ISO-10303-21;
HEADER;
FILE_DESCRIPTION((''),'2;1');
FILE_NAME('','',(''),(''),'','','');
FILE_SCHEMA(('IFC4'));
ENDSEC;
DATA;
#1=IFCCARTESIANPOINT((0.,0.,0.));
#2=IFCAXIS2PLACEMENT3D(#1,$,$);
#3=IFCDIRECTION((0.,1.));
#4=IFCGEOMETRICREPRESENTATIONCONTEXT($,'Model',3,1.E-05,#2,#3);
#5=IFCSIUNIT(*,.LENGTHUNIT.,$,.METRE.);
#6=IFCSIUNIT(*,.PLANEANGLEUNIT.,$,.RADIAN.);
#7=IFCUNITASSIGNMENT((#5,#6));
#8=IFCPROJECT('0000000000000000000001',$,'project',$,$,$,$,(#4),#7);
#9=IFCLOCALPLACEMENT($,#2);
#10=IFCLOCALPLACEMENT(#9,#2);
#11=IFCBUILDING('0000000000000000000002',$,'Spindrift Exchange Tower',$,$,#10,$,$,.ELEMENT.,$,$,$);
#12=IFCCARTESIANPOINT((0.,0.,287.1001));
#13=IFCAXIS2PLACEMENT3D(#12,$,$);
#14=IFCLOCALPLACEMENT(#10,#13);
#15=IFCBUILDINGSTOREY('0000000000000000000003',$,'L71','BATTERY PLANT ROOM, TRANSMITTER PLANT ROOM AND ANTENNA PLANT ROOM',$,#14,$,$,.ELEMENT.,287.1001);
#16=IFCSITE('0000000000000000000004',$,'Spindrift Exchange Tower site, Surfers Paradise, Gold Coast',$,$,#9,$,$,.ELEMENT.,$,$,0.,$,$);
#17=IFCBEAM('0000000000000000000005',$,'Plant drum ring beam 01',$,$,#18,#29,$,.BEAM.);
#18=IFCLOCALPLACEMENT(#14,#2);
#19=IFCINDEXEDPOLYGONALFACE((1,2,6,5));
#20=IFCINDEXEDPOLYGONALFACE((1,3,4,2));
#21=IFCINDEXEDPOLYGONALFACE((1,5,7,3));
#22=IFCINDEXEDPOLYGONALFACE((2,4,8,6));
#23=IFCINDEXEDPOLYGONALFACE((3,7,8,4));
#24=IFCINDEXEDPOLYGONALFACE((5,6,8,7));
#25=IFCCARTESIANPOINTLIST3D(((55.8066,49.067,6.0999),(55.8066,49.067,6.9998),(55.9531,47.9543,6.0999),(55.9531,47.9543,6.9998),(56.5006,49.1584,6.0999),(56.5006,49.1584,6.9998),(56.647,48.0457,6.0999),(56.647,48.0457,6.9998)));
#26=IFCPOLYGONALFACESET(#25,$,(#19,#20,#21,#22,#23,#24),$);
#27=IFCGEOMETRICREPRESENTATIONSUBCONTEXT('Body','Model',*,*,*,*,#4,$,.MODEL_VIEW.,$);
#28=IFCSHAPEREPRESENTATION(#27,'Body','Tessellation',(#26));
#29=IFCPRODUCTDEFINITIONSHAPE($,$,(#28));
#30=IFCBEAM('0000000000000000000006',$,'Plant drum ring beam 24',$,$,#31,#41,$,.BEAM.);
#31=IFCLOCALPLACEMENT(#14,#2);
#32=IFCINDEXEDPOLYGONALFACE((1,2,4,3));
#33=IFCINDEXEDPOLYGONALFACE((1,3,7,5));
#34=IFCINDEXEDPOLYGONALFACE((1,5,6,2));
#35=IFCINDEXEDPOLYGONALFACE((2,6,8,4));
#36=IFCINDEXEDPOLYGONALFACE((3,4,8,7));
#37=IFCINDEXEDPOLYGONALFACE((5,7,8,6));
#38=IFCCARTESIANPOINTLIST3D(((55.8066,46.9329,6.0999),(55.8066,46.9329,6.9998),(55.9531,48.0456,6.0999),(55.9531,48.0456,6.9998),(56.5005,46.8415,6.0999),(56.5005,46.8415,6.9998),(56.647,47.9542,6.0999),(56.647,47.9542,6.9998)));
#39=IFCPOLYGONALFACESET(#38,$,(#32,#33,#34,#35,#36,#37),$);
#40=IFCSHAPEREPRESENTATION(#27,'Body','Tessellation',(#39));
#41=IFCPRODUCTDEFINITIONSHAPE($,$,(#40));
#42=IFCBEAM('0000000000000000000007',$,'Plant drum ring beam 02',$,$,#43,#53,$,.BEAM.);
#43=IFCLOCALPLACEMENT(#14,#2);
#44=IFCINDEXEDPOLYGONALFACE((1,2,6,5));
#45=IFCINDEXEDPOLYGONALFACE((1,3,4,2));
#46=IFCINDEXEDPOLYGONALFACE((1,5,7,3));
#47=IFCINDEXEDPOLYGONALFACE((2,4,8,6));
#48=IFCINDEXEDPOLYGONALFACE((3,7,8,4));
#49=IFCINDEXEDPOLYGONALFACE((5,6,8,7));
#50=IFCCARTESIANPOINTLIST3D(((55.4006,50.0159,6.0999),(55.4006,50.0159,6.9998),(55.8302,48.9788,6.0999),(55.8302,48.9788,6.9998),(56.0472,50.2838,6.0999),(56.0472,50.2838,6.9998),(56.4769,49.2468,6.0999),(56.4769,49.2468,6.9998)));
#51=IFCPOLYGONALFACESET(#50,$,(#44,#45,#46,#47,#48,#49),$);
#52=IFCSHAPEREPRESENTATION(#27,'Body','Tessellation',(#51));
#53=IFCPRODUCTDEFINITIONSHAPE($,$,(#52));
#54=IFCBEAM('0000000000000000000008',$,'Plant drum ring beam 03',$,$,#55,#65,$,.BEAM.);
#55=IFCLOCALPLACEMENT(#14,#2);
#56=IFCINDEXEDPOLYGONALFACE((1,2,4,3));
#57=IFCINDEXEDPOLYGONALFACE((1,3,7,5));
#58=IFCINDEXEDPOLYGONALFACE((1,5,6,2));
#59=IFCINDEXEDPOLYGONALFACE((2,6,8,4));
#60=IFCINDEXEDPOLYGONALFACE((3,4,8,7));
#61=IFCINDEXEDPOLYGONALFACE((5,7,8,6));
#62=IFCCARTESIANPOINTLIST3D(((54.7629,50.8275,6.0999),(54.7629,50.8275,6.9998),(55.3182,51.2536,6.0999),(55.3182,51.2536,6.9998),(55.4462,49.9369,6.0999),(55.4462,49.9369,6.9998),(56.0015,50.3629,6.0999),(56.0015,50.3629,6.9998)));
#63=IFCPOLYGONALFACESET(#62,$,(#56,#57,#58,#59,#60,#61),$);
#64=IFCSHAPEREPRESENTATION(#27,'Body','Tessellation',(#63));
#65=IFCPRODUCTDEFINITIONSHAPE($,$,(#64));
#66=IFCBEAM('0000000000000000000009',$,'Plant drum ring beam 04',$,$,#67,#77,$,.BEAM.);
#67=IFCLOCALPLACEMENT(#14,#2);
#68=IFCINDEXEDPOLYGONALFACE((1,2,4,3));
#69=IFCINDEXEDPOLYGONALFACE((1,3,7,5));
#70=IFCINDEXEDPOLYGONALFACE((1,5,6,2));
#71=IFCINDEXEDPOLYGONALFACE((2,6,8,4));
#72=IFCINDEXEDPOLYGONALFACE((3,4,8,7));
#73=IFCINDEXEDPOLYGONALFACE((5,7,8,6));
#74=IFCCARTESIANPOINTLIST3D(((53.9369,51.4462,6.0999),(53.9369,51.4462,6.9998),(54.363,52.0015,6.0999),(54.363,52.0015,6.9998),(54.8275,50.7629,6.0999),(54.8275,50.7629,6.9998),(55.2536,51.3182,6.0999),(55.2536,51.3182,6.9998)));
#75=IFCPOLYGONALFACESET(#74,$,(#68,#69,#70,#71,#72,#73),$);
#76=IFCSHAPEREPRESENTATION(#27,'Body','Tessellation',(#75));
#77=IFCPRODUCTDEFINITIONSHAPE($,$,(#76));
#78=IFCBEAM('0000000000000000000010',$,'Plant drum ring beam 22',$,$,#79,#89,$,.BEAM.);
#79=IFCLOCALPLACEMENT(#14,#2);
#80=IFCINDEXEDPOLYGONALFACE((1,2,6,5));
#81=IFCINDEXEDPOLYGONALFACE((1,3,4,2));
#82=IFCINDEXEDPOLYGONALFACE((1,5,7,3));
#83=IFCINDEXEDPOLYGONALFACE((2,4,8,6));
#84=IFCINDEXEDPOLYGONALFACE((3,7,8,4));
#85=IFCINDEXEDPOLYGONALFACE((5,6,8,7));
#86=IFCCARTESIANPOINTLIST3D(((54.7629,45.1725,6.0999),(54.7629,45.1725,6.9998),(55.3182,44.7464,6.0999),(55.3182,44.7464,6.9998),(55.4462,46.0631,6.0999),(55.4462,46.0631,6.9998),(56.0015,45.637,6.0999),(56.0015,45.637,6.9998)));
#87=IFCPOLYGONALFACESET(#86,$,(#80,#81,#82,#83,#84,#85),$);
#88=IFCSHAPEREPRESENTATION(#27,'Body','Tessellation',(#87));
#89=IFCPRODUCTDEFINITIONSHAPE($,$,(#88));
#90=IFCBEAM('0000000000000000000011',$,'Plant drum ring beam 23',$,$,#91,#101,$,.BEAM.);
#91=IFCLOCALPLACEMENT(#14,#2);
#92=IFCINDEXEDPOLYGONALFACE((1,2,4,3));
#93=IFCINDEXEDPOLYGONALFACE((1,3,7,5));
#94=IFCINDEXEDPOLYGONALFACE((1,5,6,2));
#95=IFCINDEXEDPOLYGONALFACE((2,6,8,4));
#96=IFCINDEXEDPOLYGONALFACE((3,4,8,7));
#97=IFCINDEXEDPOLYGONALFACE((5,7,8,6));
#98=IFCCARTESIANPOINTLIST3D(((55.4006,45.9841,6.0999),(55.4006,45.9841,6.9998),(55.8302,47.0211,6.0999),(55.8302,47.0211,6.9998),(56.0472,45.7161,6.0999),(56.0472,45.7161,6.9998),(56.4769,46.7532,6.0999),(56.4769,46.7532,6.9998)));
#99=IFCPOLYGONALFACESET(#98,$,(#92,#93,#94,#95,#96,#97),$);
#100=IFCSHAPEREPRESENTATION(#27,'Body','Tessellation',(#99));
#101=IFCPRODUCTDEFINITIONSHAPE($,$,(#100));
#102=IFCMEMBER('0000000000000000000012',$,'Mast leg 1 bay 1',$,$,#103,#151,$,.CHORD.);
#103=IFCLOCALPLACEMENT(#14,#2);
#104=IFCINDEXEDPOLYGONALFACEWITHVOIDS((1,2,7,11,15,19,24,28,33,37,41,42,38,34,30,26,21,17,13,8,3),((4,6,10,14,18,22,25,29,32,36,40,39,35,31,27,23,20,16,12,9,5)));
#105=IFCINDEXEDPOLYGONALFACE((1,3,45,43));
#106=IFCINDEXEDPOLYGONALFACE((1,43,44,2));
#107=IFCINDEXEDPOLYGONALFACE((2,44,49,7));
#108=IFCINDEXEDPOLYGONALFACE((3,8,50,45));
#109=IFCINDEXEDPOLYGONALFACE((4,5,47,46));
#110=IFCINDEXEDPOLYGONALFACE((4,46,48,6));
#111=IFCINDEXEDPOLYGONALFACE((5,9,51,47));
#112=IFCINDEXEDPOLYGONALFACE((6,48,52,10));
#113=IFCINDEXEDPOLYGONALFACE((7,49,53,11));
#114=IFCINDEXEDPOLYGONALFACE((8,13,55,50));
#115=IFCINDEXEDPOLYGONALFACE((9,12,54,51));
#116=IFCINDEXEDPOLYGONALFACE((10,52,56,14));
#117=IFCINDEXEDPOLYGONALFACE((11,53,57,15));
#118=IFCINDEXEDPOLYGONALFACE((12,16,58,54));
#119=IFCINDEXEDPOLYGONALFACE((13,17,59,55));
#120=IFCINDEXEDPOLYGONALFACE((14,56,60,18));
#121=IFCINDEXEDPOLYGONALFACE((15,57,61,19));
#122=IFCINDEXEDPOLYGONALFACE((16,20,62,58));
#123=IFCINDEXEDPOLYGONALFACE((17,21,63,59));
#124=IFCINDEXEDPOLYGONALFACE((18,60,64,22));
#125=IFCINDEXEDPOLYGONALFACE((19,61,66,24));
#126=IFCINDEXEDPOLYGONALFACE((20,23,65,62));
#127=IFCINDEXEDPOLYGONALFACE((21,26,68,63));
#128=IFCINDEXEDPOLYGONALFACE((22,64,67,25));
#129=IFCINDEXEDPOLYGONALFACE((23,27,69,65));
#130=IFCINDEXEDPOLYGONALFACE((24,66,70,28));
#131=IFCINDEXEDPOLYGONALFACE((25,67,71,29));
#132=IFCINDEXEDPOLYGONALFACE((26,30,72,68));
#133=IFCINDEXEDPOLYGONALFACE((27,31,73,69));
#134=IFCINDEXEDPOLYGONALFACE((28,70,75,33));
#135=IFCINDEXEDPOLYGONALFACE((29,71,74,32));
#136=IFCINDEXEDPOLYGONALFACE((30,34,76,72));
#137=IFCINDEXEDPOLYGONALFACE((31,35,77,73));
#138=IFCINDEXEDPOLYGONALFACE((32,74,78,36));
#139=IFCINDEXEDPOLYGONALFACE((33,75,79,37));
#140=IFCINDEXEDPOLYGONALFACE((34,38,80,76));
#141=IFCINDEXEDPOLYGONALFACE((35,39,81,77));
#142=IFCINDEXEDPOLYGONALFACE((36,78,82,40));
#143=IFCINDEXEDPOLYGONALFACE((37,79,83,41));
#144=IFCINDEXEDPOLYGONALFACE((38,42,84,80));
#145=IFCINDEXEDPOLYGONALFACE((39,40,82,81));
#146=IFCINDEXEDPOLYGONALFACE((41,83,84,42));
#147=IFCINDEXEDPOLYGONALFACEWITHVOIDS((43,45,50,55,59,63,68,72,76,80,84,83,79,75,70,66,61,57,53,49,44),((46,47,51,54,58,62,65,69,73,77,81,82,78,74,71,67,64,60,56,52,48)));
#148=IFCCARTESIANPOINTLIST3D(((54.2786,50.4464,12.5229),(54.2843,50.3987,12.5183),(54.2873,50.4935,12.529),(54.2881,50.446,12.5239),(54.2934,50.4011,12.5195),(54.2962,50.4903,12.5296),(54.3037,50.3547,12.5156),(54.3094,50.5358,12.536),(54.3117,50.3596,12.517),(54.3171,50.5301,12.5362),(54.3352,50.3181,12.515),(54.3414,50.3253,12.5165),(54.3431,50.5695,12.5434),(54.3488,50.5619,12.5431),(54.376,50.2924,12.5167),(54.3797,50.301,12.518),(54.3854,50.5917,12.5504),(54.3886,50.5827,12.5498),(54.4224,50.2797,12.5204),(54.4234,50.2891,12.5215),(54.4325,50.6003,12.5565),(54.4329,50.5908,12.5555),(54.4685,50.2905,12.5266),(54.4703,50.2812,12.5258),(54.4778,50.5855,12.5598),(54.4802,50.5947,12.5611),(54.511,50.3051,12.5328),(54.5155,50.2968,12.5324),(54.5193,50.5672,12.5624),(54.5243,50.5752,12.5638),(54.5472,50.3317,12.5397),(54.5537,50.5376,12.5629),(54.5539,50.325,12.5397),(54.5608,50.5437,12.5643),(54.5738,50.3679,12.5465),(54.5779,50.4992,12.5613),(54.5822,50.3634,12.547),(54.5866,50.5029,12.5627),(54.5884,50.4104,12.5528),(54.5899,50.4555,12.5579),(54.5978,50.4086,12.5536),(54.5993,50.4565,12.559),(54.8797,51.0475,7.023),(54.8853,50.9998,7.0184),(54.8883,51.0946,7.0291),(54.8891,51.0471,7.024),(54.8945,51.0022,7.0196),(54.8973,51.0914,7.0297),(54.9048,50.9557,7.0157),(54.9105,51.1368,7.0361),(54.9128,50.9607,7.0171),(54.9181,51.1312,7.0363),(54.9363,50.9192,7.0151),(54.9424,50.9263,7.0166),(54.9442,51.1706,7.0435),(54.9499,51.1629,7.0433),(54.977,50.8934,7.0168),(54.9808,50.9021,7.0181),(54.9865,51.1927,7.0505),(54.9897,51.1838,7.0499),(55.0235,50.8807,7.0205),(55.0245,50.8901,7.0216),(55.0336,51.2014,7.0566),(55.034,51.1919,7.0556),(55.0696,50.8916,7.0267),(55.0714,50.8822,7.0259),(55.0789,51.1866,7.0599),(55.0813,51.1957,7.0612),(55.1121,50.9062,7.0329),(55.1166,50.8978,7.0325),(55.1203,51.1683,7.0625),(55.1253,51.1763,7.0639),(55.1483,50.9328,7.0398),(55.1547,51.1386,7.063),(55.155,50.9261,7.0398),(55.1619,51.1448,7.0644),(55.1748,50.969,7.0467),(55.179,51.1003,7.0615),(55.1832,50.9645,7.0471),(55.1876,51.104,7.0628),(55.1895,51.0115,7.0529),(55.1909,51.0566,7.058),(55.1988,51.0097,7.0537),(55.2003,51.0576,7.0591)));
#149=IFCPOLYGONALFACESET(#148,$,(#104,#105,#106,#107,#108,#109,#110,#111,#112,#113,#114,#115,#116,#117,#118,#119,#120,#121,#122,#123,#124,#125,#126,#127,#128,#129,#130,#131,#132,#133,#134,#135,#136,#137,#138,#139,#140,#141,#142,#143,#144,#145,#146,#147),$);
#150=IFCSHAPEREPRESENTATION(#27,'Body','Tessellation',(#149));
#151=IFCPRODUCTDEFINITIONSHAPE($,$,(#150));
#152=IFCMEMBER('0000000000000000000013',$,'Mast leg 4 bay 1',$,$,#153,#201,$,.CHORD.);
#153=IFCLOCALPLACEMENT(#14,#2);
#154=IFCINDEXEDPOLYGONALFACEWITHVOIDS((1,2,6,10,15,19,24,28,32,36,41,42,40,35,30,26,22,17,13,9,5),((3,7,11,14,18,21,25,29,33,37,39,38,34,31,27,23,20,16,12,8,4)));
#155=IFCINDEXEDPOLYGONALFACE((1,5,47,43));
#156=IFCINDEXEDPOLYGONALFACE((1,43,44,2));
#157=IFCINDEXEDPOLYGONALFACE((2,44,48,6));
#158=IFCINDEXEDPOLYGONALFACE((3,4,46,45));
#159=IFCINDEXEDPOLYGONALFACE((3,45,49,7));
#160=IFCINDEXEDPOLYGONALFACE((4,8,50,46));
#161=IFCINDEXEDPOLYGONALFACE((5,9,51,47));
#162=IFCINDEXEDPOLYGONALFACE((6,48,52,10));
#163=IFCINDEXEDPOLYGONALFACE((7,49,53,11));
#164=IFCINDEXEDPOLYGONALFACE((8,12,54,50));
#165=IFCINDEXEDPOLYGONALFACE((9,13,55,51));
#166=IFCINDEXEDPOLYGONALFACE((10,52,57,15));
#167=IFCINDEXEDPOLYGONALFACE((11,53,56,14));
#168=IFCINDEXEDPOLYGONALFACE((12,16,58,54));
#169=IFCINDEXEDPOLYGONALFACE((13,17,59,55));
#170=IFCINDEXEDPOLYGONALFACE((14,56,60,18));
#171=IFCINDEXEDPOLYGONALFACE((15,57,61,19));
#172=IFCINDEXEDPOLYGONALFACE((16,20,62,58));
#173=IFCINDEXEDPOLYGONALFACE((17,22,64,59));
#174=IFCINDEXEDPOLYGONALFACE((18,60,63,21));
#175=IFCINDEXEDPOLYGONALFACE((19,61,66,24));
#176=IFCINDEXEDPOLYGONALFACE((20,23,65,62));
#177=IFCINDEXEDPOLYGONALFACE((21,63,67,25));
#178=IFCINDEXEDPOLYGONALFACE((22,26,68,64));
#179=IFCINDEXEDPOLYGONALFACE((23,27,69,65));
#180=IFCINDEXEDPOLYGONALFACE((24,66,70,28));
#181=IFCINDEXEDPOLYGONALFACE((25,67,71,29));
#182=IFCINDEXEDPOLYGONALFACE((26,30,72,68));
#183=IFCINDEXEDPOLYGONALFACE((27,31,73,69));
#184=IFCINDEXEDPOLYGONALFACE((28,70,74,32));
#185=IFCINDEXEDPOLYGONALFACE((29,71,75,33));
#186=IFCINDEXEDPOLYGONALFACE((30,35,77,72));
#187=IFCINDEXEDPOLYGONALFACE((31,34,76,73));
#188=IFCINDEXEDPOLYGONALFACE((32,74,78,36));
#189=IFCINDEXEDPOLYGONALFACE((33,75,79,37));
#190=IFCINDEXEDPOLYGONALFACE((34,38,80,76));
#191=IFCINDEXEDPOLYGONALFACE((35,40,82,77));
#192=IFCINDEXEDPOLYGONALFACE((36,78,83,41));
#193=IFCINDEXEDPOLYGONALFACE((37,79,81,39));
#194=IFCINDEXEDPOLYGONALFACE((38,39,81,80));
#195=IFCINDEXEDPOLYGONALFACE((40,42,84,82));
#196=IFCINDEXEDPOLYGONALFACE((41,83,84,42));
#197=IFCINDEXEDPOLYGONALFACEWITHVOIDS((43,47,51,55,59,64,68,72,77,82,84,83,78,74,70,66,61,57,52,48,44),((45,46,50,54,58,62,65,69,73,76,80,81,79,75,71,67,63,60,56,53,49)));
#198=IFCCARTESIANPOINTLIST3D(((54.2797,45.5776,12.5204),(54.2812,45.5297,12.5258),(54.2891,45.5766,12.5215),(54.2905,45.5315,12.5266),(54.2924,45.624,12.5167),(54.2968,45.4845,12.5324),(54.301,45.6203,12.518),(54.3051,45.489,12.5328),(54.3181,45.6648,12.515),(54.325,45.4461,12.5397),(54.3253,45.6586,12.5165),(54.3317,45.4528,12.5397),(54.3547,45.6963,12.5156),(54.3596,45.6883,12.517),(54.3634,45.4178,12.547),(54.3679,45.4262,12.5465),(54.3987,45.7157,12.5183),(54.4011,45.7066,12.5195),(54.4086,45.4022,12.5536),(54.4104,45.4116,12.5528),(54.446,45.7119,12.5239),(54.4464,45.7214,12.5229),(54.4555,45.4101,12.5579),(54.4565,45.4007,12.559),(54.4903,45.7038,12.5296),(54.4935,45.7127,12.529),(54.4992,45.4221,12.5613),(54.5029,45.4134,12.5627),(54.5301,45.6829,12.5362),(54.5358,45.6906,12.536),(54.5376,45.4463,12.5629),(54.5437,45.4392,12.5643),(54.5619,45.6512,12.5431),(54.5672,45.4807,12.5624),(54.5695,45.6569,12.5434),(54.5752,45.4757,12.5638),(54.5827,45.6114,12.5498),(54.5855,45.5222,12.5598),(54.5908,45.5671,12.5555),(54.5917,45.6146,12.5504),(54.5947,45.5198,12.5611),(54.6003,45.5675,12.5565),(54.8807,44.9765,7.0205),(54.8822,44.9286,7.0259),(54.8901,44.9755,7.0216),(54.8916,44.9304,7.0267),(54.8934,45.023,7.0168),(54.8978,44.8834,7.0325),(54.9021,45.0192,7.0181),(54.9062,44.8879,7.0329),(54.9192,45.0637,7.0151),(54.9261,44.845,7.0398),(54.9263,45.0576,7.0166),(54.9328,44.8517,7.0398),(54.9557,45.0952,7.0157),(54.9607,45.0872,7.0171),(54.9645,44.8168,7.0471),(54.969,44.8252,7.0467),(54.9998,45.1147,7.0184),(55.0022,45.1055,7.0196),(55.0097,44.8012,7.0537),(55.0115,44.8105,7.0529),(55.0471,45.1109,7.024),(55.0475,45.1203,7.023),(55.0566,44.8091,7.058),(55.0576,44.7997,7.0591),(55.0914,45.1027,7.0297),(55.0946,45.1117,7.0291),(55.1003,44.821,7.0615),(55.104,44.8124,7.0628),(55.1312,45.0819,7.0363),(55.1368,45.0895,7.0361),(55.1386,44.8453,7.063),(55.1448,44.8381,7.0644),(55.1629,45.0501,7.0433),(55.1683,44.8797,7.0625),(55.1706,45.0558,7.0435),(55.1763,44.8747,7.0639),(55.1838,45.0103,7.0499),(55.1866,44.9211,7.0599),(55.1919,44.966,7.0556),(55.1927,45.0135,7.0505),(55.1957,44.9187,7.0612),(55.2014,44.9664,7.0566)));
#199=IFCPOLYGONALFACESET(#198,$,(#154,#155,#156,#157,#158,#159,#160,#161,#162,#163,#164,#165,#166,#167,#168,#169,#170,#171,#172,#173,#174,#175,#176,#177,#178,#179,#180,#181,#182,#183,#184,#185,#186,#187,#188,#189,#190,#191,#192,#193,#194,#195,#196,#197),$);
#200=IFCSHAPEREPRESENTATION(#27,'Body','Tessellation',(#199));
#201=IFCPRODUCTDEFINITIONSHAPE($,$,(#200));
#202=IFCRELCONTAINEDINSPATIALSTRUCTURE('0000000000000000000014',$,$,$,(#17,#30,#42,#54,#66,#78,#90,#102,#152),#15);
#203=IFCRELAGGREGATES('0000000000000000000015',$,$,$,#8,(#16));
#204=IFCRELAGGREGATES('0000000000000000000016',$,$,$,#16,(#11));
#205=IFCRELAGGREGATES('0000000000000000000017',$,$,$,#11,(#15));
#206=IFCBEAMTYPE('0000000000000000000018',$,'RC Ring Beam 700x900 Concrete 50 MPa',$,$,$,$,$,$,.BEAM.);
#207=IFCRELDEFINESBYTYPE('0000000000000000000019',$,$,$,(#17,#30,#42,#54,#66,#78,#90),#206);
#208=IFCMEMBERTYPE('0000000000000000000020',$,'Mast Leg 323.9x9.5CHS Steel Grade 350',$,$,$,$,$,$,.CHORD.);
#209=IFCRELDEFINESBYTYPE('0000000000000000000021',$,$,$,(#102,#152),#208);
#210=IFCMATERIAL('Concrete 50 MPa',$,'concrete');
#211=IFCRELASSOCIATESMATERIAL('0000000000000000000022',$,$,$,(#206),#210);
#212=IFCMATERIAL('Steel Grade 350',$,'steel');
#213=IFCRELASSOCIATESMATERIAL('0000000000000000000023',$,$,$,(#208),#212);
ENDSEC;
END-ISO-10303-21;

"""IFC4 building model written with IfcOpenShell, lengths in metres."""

from ifc_helpers import new_model, si_unit, direction, frame, origin, origin_2d, place, context, subcontext, project, spatial, rectangle, hollow_circle, extrude, source, transform, mapped, material, material_profile, profile_set, type_object, element, save


model = new_model("IFC4")

# Units and contexts
model_context = context("Model", 3, precision=1e-05, world=origin(), true_north=direction((0.0, 1.0)))
body_context = subcontext(model_context, "Body", "Model", "MODEL_VIEW")
ifc_project = project(units=[si_unit("LENGTHUNIT", "METRE"), si_unit("PLANEANGLEUNIT", "RADIAN")], contexts=[model_context])

# Site, building, storey
site_placement = place(None, origin())
site = spatial("IfcSite", under=ifc_project, at=site_placement, Name="Spindrift Exchange Tower site, Surfers Paradise, Gold Coast", CompositionType="ELEMENT", RefElevation=0.0)
building_placement = place(site_placement, origin())
building = spatial("IfcBuilding", under=site, at=building_placement, Name="Spindrift Exchange Tower", CompositionType="ELEMENT")
storey_placement = place(building_placement, frame((0.0, 0.0, 287.1001)))
storey = spatial("IfcBuildingStorey", under=building, at=storey_placement, Name="L71", Description="BATTERY PLANT ROOM, TRANSMITTER PLANT ROOM AND ANTENNA PLANT ROOM", CompositionType="ELEMENT", Elevation=287.1001)

# Beams
ifc_material_1 = material(Name="Concrete 50 MPa", Category="concrete")
ifc_material_profile_1 = material_profile(ifc_material_1, rectangle(XDim=0.7, YDim=0.8999, at=origin_2d()), Name="RC 700x900")
ifc_profile_set_1 = profile_set([ifc_material_profile_1], Name="Concrete 50 MPa")
beam_type = type_object("IfcBeamType", Name="RC Ring Beam 700x900 Concrete 50 MPa", PredefinedType="BEAM", material=ifc_profile_set_1)
shared_shape_1 = source(origin(), body_context, "Body", "SweptSolid", [
    extrude(rectangle(XDim=0.7, YDim=0.8999, at=origin_2d()), origin(), (0.0, 0.0, 1.0), 1.1223),
])
for number, where, z_axis, x_axis, name in (
    (1, (56.3, 48.0, 6.5498), (-0.130511, 0.991447, 0.0), (-0.991447, -0.130511, 0.0), "Plant drum ring beam 01"),
    (2, (56.1536, 46.8872, 6.5498), (0.130511, 0.991447, 0.0), (-0.991447, 0.130511, 0.0), "Plant drum ring beam 24"),
):
    element("IfcBeam", number, at=place(storey_placement, frame(where, z_axis=z_axis, x_axis=x_axis)), inside=storey, type_object=beam_type, Name=name, PredefinedType="BEAM", context=body_context, shape_type="MappedRepresentation", body=[
        mapped(shared_shape_1, transform((0.0, 0.0, 0.0), scale=1.0)),
    ])
shared_shape_2 = source(origin(), body_context, "Body", "SweptSolid", [
    extrude(rectangle(XDim=0.7, YDim=0.8999, at=origin_2d()), origin(), (0.0, 0.0, 1.0), 1.1226),
])
for number, where, z_axis, x_axis, name in (
    (3, (56.1536, 49.1128, 6.5498), (-0.382762, 0.923847, 0.0), (-0.923847, -0.382762, 0.0), "Plant drum ring beam 02"),
    (4, (55.7239, 50.1499, 6.5498), (-0.608733, 0.793375, 0.0), (-0.793375, -0.608733, 0.0), "Plant drum ring beam 03"),
    (5, (55.0405, 51.0405, 6.5498), (-0.793375, 0.608733, 0.0), (-0.608733, -0.793375, 0.0), "Plant drum ring beam 04"),
    (6, (55.0405, 44.9595, 6.5498), (0.608733, 0.793375, 0.0), (-0.793375, 0.608733, 0.0), "Plant drum ring beam 22"),
    (7, (55.7239, 45.8501, 6.5498), (0.382762, 0.923847, 0.0), (-0.923847, 0.382762, 0.0), "Plant drum ring beam 23"),
):
    element("IfcBeam", number, at=place(storey_placement, frame(where, z_axis=z_axis, x_axis=x_axis)), inside=storey, type_object=beam_type, Name=name, PredefinedType="BEAM", context=body_context, shape_type="MappedRepresentation", body=[
        mapped(shared_shape_2, transform((0.0, 0.0, 0.0), scale=1.0)),
    ])

# Members
ifc_material_2 = material(Name="Steel Grade 350", Category="steel")
ifc_material_profile_2 = material_profile(ifc_material_2, hollow_circle(Radius=0.1619, WallThickness=0.0095, at=origin_2d()), Name="323.9x9.5CHS")
ifc_profile_set_2 = profile_set([ifc_material_profile_2], Name="Steel Grade 350")
member_type_1 = type_object("IfcMemberType", Name="Mast Leg 323.9x9.5CHS Steel Grade 350", PredefinedType="CHORD", material=ifc_profile_set_2)
shared_shape_3 = source(origin(), body_context, "Body", "SweptSolid", [
    extrude(hollow_circle(Radius=0.1619, WallThickness=0.0095, at=origin_2d()), origin(), (0.0, 0.0, 1.0), 5.5652),
])
for number, where, z_axis, x_axis, name in (
    (8, (55.0405, 51.0405, 7.0398), (-0.108004, -0.108004, 0.988266), (0.707107, -0.707107, 0.0), "Mast leg 1 bay 1"),
    (9, (55.0405, 44.9595, 7.0398), (-0.108004, 0.108004, 0.988266), (-0.707107, -0.707107, 0.0), "Mast leg 4 bay 1"),
):
    element("IfcMember", number, at=place(storey_placement, frame(where, z_axis=z_axis, x_axis=x_axis)), inside=storey, type_object=member_type_1, Name=name, PredefinedType="CHORD", context=body_context, shape_type="MappedRepresentation", body=[
        mapped(shared_shape_3, transform((0.0, 0.0, 0.0), scale=1.0)),
    ])

save(model, "model.ifc")
